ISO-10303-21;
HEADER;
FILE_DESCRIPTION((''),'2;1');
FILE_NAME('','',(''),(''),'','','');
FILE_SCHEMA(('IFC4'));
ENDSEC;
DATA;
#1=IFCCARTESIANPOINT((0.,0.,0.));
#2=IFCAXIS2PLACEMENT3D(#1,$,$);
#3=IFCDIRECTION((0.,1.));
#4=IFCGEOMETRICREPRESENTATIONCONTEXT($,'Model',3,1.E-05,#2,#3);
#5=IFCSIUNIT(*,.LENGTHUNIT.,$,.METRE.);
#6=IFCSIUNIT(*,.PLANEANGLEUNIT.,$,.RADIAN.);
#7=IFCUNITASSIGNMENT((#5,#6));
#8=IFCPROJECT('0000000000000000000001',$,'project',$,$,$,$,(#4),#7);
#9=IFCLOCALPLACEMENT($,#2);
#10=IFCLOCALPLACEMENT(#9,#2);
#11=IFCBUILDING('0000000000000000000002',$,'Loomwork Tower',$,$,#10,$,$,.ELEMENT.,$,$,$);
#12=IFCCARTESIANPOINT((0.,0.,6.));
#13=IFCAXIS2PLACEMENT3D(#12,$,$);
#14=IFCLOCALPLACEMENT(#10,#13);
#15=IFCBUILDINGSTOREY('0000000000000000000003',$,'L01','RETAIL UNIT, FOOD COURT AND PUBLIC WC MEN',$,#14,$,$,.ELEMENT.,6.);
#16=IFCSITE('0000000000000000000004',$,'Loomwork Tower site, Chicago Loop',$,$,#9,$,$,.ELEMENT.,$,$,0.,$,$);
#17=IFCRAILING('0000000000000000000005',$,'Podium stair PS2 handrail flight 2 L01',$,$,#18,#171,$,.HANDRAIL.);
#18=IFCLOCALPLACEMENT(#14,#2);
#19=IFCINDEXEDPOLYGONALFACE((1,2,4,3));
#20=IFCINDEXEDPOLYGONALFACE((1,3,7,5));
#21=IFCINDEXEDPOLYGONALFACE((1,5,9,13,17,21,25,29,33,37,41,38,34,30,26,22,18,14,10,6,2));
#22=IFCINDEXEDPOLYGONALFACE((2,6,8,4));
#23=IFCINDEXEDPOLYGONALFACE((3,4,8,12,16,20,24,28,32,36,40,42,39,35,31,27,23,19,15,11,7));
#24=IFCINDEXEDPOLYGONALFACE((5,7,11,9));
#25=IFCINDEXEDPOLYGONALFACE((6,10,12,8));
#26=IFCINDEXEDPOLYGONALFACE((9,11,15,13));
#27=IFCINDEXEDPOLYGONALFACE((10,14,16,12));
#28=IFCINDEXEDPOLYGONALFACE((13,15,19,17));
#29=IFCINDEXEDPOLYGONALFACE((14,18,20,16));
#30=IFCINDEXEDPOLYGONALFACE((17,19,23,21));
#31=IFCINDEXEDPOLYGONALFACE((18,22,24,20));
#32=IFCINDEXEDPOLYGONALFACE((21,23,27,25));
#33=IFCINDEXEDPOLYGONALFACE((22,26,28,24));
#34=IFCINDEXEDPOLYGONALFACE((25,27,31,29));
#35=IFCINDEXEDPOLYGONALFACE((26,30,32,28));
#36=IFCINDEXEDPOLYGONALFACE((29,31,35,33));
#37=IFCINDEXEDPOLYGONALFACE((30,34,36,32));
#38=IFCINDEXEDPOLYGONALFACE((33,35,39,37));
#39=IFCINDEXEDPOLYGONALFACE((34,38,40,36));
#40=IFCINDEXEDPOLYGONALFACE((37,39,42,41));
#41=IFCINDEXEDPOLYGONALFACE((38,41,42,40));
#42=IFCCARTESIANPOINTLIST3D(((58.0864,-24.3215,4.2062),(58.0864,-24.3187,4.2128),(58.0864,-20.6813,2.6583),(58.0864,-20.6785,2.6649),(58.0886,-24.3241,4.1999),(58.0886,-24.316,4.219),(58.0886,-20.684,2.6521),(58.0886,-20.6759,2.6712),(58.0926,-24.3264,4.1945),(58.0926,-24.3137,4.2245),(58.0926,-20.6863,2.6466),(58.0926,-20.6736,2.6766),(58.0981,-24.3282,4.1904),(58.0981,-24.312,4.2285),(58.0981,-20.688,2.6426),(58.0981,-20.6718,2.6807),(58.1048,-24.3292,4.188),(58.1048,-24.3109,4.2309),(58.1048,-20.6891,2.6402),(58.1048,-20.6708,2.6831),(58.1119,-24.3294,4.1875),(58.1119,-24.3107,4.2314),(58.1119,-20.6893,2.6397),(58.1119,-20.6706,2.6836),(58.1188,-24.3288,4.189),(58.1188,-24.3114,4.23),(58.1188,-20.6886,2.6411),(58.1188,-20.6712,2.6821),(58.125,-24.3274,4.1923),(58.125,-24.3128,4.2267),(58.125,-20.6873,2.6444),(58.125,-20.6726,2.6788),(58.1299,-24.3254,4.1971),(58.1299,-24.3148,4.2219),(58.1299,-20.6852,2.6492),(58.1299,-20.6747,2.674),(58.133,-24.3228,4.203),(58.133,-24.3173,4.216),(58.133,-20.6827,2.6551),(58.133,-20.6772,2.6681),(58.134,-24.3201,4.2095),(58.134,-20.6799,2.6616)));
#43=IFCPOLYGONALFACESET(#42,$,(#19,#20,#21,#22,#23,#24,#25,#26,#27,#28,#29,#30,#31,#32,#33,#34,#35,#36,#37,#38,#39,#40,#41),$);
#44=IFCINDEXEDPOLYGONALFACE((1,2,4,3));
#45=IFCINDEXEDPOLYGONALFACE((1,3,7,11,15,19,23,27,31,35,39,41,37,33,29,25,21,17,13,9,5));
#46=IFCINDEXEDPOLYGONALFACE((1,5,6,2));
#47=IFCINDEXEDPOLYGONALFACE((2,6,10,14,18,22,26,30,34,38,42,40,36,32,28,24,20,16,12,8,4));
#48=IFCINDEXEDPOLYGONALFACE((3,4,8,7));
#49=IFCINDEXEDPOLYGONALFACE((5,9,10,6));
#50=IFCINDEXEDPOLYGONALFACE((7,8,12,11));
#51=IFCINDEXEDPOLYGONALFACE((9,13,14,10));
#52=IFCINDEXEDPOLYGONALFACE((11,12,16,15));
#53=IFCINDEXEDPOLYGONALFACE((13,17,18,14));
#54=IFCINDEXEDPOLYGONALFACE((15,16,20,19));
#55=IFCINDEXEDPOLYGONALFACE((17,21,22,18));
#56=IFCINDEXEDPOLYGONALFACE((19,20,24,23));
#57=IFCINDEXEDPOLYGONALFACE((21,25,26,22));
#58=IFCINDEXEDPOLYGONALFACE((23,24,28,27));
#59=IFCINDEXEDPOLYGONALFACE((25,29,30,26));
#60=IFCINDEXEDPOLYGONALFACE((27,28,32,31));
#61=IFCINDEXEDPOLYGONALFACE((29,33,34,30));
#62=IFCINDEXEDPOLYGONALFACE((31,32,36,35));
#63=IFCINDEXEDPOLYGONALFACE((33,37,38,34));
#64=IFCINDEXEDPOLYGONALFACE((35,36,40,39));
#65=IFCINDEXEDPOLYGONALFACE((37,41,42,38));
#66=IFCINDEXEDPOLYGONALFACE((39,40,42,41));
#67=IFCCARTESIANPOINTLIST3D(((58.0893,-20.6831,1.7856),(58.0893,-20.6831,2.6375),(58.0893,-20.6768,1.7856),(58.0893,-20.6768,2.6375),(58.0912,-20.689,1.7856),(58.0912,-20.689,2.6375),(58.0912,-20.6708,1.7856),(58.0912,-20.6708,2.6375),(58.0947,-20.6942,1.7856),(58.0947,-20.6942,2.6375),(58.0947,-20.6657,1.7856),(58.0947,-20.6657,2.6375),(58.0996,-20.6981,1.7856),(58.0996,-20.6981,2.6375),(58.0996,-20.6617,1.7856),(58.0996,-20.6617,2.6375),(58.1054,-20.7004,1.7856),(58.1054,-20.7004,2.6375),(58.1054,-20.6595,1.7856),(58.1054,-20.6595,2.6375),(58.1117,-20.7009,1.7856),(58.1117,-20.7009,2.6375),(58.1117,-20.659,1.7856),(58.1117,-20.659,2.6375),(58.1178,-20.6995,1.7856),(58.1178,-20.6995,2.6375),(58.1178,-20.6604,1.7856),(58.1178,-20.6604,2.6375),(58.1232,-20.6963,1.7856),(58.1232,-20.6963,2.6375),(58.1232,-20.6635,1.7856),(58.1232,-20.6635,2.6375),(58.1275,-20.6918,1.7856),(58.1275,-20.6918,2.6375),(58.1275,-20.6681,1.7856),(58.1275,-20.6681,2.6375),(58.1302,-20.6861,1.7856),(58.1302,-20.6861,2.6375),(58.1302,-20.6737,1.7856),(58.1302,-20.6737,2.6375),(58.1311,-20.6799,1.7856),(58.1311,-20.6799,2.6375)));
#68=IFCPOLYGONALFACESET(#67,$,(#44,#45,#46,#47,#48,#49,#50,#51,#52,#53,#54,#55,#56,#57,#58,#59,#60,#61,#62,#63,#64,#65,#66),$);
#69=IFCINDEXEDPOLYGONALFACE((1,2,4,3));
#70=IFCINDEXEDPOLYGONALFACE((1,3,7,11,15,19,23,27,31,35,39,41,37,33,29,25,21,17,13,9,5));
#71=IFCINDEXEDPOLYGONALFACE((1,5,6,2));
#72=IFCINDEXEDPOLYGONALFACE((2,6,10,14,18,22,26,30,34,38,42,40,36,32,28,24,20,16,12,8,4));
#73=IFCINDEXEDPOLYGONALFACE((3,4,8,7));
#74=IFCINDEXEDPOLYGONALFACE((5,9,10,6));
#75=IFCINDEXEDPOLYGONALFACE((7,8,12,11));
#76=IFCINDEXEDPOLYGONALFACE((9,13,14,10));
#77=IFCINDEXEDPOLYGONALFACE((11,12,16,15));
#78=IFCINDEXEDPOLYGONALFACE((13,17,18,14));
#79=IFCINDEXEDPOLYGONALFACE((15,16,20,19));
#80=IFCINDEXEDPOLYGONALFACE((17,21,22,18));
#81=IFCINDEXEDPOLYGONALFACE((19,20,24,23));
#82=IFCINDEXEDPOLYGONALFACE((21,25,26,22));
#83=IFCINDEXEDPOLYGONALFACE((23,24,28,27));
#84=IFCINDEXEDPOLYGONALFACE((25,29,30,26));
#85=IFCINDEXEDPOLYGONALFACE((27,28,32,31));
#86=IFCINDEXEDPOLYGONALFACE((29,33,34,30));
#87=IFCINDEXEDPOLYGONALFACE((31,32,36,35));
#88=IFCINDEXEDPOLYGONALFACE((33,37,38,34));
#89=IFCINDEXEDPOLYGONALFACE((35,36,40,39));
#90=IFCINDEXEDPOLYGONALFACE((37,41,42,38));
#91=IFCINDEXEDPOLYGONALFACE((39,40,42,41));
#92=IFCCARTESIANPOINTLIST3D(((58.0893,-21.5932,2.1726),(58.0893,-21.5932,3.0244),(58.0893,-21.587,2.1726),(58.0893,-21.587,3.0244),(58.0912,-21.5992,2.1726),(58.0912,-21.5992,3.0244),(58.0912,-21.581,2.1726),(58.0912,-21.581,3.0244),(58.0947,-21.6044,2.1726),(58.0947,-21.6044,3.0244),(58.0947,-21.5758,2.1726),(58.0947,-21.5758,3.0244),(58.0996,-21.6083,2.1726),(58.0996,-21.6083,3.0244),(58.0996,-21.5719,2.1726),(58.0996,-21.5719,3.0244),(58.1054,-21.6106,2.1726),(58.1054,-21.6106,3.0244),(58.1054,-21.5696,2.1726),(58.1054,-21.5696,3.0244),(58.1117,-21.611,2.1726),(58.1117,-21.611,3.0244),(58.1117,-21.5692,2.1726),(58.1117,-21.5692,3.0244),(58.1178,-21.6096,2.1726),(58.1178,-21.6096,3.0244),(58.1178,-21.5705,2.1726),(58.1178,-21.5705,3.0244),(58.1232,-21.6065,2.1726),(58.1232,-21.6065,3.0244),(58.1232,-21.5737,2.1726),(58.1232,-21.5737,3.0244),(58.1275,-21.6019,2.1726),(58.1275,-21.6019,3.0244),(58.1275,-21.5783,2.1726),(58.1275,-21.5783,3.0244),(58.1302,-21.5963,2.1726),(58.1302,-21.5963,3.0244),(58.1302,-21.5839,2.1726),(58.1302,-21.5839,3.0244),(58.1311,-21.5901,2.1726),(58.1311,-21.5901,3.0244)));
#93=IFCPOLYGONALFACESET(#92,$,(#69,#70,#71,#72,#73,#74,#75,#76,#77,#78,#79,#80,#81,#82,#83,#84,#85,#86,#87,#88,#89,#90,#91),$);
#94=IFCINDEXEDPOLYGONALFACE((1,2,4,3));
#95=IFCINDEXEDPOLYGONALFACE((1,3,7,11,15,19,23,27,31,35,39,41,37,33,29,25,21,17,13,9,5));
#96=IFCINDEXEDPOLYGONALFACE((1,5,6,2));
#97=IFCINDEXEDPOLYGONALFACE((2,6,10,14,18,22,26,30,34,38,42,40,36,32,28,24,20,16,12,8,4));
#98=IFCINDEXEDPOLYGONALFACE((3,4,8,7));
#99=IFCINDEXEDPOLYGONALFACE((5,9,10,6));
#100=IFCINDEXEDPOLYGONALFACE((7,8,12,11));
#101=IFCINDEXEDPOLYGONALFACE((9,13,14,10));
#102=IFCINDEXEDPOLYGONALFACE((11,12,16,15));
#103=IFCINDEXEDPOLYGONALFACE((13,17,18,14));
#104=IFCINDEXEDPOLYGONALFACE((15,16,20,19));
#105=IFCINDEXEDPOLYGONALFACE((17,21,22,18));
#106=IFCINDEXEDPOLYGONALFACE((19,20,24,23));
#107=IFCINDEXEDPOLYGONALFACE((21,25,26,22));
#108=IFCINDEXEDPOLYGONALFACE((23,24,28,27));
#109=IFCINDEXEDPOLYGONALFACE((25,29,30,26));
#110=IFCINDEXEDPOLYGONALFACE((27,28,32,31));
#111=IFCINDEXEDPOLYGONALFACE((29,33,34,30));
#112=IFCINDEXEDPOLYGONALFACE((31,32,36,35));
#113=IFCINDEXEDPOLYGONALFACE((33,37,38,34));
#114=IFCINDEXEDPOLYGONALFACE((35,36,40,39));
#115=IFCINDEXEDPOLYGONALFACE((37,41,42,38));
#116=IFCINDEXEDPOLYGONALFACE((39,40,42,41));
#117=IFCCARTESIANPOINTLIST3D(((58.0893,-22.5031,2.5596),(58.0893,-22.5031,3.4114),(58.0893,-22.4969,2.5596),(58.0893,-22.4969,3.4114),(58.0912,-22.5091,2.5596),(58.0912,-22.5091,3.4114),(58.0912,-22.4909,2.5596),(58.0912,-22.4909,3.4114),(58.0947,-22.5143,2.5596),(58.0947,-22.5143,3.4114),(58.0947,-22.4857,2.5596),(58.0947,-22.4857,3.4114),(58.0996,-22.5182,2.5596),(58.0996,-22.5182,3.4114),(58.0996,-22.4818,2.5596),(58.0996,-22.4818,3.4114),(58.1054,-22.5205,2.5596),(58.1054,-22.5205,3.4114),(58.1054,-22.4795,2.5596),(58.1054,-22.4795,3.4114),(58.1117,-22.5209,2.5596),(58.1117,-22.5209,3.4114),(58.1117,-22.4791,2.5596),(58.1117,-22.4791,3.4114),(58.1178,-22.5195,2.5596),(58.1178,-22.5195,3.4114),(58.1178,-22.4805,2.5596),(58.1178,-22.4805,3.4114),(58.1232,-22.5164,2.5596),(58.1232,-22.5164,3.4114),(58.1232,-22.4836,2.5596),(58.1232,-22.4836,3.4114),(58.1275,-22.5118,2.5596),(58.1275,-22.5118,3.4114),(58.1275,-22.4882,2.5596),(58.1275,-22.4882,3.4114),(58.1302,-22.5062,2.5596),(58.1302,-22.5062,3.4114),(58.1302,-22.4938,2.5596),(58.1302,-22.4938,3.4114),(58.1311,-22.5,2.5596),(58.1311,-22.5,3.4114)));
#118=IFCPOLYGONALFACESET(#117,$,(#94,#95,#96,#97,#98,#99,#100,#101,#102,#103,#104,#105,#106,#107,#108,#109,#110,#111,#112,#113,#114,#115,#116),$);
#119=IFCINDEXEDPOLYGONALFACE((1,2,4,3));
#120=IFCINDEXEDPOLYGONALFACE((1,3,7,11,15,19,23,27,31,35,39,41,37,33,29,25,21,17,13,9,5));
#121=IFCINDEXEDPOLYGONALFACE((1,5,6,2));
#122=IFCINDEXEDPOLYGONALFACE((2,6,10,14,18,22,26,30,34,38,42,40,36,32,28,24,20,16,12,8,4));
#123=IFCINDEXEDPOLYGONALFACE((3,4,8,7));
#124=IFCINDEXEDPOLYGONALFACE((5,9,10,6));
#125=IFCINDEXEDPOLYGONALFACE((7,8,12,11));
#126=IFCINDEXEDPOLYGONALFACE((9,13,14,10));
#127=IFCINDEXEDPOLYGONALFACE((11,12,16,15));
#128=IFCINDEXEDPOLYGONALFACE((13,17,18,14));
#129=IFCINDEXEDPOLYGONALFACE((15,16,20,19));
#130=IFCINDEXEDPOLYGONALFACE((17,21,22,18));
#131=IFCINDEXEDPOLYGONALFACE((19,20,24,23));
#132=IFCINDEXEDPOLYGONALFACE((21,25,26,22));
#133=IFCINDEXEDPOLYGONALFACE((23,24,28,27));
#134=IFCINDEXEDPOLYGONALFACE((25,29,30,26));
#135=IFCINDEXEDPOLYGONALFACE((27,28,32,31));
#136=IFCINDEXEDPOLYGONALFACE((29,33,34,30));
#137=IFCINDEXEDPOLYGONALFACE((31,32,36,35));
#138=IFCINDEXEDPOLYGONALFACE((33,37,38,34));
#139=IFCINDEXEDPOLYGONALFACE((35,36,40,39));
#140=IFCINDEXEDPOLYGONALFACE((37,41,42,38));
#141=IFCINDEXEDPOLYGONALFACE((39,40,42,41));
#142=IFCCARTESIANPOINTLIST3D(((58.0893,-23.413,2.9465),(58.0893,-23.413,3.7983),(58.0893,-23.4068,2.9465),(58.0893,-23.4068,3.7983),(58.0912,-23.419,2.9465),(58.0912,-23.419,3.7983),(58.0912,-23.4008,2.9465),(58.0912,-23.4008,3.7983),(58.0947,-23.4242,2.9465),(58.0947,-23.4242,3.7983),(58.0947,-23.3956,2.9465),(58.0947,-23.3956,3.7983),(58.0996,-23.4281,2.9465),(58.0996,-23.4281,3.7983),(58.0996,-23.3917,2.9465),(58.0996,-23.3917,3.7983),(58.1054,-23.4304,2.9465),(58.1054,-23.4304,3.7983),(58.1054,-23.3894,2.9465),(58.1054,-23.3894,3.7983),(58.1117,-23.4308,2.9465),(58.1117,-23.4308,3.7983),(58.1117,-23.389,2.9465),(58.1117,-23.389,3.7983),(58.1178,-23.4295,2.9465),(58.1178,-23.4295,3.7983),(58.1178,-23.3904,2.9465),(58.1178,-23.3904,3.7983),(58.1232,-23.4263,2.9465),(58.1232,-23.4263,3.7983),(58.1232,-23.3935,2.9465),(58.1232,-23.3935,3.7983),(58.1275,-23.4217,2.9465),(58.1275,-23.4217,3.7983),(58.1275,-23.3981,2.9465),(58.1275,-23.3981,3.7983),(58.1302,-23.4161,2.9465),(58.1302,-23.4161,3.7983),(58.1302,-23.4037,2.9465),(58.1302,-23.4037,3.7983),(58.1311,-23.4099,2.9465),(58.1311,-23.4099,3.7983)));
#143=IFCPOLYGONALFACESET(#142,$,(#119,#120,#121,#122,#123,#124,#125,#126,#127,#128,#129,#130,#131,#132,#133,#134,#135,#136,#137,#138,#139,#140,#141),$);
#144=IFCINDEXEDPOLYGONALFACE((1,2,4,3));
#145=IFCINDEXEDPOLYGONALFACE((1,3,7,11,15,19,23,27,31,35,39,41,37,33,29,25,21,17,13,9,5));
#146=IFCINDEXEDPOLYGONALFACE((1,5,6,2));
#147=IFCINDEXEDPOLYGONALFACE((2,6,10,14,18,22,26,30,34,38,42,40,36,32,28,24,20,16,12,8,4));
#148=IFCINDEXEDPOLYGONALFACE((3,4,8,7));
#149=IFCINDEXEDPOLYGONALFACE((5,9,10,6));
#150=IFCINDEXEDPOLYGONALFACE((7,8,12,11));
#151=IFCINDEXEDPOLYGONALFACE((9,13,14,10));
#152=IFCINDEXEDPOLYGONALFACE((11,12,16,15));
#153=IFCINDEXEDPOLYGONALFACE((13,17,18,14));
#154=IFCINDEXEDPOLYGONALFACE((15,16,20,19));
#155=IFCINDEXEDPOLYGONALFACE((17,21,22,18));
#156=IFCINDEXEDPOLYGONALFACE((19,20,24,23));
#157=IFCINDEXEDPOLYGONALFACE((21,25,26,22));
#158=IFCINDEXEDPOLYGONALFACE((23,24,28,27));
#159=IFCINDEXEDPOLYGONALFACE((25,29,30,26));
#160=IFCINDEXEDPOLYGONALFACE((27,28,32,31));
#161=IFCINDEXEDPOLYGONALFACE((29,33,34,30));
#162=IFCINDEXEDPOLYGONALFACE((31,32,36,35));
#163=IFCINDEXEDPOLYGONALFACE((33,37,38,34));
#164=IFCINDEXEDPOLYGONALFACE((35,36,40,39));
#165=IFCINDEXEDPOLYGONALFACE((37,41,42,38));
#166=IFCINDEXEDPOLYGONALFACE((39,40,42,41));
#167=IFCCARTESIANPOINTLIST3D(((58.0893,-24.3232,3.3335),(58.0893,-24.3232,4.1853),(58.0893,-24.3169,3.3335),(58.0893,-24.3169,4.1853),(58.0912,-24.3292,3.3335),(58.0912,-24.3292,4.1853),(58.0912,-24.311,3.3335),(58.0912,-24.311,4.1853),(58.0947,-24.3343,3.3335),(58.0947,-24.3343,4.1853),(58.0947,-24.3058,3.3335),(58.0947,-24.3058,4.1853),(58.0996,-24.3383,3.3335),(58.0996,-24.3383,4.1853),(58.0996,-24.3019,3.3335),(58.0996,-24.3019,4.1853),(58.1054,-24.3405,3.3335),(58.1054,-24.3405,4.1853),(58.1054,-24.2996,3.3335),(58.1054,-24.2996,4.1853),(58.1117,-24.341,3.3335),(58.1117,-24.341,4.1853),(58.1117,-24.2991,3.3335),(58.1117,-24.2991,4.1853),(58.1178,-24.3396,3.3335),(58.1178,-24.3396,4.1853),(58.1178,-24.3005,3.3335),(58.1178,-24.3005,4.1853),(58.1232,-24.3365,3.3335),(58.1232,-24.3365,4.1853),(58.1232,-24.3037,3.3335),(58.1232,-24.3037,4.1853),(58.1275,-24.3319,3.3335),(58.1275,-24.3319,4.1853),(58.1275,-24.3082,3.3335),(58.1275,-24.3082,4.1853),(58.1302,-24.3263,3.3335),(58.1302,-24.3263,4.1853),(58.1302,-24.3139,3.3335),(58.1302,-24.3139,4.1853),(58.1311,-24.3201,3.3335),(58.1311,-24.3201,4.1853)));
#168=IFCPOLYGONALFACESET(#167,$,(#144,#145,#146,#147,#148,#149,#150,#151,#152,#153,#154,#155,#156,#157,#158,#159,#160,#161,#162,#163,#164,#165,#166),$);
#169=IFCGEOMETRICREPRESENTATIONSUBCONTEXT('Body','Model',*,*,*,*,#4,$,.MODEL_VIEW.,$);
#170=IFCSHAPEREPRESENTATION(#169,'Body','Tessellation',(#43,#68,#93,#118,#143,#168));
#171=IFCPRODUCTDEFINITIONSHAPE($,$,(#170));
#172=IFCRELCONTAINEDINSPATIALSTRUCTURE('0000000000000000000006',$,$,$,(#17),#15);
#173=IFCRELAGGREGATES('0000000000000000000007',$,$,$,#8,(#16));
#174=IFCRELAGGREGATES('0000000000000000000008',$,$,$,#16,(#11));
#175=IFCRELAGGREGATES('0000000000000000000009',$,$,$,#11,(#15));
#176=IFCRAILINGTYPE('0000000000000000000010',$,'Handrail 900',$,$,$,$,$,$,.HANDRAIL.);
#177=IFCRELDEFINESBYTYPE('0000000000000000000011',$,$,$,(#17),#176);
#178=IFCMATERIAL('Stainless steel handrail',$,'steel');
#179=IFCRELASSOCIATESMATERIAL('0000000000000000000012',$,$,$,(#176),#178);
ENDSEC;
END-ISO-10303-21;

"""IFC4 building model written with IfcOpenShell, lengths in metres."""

from ifc_helpers import new_model, si_unit, direction, frame, origin, origin_2d, place, context, subcontext, project, spatial, circle, extrude, material, type_object, element, save


model = new_model("IFC4")

# Units and contexts
model_context = context("Model", 3, precision=1e-05, world=origin(), true_north=direction((0.0, 1.0)))
body_context = subcontext(model_context, "Body", "Model", "MODEL_VIEW")
ifc_project = project(units=[si_unit("LENGTHUNIT", "METRE"), si_unit("PLANEANGLEUNIT", "RADIAN")], contexts=[model_context])

# Site, building, storey
site_placement = place(None, origin())
site = spatial("IfcSite", under=ifc_project, at=site_placement, Name="Loomwork Tower site, Chicago Loop", CompositionType="ELEMENT", RefElevation=0.0)
building_placement = place(site_placement, origin())
building = spatial("IfcBuilding", under=site, at=building_placement, Name="Loomwork Tower", CompositionType="ELEMENT")
storey_placement = place(building_placement, frame((0.0, 0.0, 6.0)))
storey = spatial("IfcBuildingStorey", under=building, at=storey_placement, Name="L01", Description="RETAIL UNIT, FOOD COURT AND PUBLIC WC MEN", CompositionType="ELEMENT", Elevation=6.0)

# Railing
ifc_material_1 = material(Name="Stainless steel handrail", Category="steel")
railing_type = type_object("IfcRailingType", Name="Handrail 900", PredefinedType="HANDRAIL", material=ifc_material_1)
railing_1_placement = place(storey_placement, frame((58.1101, -20.6799, 1.7856)))
element("IfcRailing", 1, at=railing_1_placement, inside=storey, type_object=railing_type, Name="Podium stair PS2 handrail flight 2 L01", PredefinedType="HANDRAIL", context=body_context, shape_type="SweptSolid", body=[
    extrude(circle(Radius=0.0239, at=origin_2d()), frame((0.0, 0.0, 0.876), z_axis=(0.0, -0.920259, 0.391311), x_axis=(1.0, 0.0, 0.0)), (0.0, 0.0, 1.0), 3.9556),
    extrude(circle(Radius=0.021, at=origin_2d()), origin(), (0.0, 0.0, 1.0), 0.8518),
    extrude(circle(Radius=0.021, at=origin_2d()), frame((0.0, -0.9102, 0.387)), (0.0, 0.0, 1.0), 0.8518),
    extrude(circle(Radius=0.021, at=origin_2d()), frame((0.0, -1.8201, 0.7739)), (0.0, 0.0, 1.0), 0.8518),
    extrude(circle(Radius=0.021, at=origin_2d()), frame((0.0, -2.73, 1.1609)), (0.0, 0.0, 1.0), 0.8518),
    extrude(circle(Radius=0.021, at=origin_2d()), frame((0.0, -3.6401, 1.5479)), (0.0, 0.0, 1.0), 0.8518),
])

save(model, "model.ifc")
